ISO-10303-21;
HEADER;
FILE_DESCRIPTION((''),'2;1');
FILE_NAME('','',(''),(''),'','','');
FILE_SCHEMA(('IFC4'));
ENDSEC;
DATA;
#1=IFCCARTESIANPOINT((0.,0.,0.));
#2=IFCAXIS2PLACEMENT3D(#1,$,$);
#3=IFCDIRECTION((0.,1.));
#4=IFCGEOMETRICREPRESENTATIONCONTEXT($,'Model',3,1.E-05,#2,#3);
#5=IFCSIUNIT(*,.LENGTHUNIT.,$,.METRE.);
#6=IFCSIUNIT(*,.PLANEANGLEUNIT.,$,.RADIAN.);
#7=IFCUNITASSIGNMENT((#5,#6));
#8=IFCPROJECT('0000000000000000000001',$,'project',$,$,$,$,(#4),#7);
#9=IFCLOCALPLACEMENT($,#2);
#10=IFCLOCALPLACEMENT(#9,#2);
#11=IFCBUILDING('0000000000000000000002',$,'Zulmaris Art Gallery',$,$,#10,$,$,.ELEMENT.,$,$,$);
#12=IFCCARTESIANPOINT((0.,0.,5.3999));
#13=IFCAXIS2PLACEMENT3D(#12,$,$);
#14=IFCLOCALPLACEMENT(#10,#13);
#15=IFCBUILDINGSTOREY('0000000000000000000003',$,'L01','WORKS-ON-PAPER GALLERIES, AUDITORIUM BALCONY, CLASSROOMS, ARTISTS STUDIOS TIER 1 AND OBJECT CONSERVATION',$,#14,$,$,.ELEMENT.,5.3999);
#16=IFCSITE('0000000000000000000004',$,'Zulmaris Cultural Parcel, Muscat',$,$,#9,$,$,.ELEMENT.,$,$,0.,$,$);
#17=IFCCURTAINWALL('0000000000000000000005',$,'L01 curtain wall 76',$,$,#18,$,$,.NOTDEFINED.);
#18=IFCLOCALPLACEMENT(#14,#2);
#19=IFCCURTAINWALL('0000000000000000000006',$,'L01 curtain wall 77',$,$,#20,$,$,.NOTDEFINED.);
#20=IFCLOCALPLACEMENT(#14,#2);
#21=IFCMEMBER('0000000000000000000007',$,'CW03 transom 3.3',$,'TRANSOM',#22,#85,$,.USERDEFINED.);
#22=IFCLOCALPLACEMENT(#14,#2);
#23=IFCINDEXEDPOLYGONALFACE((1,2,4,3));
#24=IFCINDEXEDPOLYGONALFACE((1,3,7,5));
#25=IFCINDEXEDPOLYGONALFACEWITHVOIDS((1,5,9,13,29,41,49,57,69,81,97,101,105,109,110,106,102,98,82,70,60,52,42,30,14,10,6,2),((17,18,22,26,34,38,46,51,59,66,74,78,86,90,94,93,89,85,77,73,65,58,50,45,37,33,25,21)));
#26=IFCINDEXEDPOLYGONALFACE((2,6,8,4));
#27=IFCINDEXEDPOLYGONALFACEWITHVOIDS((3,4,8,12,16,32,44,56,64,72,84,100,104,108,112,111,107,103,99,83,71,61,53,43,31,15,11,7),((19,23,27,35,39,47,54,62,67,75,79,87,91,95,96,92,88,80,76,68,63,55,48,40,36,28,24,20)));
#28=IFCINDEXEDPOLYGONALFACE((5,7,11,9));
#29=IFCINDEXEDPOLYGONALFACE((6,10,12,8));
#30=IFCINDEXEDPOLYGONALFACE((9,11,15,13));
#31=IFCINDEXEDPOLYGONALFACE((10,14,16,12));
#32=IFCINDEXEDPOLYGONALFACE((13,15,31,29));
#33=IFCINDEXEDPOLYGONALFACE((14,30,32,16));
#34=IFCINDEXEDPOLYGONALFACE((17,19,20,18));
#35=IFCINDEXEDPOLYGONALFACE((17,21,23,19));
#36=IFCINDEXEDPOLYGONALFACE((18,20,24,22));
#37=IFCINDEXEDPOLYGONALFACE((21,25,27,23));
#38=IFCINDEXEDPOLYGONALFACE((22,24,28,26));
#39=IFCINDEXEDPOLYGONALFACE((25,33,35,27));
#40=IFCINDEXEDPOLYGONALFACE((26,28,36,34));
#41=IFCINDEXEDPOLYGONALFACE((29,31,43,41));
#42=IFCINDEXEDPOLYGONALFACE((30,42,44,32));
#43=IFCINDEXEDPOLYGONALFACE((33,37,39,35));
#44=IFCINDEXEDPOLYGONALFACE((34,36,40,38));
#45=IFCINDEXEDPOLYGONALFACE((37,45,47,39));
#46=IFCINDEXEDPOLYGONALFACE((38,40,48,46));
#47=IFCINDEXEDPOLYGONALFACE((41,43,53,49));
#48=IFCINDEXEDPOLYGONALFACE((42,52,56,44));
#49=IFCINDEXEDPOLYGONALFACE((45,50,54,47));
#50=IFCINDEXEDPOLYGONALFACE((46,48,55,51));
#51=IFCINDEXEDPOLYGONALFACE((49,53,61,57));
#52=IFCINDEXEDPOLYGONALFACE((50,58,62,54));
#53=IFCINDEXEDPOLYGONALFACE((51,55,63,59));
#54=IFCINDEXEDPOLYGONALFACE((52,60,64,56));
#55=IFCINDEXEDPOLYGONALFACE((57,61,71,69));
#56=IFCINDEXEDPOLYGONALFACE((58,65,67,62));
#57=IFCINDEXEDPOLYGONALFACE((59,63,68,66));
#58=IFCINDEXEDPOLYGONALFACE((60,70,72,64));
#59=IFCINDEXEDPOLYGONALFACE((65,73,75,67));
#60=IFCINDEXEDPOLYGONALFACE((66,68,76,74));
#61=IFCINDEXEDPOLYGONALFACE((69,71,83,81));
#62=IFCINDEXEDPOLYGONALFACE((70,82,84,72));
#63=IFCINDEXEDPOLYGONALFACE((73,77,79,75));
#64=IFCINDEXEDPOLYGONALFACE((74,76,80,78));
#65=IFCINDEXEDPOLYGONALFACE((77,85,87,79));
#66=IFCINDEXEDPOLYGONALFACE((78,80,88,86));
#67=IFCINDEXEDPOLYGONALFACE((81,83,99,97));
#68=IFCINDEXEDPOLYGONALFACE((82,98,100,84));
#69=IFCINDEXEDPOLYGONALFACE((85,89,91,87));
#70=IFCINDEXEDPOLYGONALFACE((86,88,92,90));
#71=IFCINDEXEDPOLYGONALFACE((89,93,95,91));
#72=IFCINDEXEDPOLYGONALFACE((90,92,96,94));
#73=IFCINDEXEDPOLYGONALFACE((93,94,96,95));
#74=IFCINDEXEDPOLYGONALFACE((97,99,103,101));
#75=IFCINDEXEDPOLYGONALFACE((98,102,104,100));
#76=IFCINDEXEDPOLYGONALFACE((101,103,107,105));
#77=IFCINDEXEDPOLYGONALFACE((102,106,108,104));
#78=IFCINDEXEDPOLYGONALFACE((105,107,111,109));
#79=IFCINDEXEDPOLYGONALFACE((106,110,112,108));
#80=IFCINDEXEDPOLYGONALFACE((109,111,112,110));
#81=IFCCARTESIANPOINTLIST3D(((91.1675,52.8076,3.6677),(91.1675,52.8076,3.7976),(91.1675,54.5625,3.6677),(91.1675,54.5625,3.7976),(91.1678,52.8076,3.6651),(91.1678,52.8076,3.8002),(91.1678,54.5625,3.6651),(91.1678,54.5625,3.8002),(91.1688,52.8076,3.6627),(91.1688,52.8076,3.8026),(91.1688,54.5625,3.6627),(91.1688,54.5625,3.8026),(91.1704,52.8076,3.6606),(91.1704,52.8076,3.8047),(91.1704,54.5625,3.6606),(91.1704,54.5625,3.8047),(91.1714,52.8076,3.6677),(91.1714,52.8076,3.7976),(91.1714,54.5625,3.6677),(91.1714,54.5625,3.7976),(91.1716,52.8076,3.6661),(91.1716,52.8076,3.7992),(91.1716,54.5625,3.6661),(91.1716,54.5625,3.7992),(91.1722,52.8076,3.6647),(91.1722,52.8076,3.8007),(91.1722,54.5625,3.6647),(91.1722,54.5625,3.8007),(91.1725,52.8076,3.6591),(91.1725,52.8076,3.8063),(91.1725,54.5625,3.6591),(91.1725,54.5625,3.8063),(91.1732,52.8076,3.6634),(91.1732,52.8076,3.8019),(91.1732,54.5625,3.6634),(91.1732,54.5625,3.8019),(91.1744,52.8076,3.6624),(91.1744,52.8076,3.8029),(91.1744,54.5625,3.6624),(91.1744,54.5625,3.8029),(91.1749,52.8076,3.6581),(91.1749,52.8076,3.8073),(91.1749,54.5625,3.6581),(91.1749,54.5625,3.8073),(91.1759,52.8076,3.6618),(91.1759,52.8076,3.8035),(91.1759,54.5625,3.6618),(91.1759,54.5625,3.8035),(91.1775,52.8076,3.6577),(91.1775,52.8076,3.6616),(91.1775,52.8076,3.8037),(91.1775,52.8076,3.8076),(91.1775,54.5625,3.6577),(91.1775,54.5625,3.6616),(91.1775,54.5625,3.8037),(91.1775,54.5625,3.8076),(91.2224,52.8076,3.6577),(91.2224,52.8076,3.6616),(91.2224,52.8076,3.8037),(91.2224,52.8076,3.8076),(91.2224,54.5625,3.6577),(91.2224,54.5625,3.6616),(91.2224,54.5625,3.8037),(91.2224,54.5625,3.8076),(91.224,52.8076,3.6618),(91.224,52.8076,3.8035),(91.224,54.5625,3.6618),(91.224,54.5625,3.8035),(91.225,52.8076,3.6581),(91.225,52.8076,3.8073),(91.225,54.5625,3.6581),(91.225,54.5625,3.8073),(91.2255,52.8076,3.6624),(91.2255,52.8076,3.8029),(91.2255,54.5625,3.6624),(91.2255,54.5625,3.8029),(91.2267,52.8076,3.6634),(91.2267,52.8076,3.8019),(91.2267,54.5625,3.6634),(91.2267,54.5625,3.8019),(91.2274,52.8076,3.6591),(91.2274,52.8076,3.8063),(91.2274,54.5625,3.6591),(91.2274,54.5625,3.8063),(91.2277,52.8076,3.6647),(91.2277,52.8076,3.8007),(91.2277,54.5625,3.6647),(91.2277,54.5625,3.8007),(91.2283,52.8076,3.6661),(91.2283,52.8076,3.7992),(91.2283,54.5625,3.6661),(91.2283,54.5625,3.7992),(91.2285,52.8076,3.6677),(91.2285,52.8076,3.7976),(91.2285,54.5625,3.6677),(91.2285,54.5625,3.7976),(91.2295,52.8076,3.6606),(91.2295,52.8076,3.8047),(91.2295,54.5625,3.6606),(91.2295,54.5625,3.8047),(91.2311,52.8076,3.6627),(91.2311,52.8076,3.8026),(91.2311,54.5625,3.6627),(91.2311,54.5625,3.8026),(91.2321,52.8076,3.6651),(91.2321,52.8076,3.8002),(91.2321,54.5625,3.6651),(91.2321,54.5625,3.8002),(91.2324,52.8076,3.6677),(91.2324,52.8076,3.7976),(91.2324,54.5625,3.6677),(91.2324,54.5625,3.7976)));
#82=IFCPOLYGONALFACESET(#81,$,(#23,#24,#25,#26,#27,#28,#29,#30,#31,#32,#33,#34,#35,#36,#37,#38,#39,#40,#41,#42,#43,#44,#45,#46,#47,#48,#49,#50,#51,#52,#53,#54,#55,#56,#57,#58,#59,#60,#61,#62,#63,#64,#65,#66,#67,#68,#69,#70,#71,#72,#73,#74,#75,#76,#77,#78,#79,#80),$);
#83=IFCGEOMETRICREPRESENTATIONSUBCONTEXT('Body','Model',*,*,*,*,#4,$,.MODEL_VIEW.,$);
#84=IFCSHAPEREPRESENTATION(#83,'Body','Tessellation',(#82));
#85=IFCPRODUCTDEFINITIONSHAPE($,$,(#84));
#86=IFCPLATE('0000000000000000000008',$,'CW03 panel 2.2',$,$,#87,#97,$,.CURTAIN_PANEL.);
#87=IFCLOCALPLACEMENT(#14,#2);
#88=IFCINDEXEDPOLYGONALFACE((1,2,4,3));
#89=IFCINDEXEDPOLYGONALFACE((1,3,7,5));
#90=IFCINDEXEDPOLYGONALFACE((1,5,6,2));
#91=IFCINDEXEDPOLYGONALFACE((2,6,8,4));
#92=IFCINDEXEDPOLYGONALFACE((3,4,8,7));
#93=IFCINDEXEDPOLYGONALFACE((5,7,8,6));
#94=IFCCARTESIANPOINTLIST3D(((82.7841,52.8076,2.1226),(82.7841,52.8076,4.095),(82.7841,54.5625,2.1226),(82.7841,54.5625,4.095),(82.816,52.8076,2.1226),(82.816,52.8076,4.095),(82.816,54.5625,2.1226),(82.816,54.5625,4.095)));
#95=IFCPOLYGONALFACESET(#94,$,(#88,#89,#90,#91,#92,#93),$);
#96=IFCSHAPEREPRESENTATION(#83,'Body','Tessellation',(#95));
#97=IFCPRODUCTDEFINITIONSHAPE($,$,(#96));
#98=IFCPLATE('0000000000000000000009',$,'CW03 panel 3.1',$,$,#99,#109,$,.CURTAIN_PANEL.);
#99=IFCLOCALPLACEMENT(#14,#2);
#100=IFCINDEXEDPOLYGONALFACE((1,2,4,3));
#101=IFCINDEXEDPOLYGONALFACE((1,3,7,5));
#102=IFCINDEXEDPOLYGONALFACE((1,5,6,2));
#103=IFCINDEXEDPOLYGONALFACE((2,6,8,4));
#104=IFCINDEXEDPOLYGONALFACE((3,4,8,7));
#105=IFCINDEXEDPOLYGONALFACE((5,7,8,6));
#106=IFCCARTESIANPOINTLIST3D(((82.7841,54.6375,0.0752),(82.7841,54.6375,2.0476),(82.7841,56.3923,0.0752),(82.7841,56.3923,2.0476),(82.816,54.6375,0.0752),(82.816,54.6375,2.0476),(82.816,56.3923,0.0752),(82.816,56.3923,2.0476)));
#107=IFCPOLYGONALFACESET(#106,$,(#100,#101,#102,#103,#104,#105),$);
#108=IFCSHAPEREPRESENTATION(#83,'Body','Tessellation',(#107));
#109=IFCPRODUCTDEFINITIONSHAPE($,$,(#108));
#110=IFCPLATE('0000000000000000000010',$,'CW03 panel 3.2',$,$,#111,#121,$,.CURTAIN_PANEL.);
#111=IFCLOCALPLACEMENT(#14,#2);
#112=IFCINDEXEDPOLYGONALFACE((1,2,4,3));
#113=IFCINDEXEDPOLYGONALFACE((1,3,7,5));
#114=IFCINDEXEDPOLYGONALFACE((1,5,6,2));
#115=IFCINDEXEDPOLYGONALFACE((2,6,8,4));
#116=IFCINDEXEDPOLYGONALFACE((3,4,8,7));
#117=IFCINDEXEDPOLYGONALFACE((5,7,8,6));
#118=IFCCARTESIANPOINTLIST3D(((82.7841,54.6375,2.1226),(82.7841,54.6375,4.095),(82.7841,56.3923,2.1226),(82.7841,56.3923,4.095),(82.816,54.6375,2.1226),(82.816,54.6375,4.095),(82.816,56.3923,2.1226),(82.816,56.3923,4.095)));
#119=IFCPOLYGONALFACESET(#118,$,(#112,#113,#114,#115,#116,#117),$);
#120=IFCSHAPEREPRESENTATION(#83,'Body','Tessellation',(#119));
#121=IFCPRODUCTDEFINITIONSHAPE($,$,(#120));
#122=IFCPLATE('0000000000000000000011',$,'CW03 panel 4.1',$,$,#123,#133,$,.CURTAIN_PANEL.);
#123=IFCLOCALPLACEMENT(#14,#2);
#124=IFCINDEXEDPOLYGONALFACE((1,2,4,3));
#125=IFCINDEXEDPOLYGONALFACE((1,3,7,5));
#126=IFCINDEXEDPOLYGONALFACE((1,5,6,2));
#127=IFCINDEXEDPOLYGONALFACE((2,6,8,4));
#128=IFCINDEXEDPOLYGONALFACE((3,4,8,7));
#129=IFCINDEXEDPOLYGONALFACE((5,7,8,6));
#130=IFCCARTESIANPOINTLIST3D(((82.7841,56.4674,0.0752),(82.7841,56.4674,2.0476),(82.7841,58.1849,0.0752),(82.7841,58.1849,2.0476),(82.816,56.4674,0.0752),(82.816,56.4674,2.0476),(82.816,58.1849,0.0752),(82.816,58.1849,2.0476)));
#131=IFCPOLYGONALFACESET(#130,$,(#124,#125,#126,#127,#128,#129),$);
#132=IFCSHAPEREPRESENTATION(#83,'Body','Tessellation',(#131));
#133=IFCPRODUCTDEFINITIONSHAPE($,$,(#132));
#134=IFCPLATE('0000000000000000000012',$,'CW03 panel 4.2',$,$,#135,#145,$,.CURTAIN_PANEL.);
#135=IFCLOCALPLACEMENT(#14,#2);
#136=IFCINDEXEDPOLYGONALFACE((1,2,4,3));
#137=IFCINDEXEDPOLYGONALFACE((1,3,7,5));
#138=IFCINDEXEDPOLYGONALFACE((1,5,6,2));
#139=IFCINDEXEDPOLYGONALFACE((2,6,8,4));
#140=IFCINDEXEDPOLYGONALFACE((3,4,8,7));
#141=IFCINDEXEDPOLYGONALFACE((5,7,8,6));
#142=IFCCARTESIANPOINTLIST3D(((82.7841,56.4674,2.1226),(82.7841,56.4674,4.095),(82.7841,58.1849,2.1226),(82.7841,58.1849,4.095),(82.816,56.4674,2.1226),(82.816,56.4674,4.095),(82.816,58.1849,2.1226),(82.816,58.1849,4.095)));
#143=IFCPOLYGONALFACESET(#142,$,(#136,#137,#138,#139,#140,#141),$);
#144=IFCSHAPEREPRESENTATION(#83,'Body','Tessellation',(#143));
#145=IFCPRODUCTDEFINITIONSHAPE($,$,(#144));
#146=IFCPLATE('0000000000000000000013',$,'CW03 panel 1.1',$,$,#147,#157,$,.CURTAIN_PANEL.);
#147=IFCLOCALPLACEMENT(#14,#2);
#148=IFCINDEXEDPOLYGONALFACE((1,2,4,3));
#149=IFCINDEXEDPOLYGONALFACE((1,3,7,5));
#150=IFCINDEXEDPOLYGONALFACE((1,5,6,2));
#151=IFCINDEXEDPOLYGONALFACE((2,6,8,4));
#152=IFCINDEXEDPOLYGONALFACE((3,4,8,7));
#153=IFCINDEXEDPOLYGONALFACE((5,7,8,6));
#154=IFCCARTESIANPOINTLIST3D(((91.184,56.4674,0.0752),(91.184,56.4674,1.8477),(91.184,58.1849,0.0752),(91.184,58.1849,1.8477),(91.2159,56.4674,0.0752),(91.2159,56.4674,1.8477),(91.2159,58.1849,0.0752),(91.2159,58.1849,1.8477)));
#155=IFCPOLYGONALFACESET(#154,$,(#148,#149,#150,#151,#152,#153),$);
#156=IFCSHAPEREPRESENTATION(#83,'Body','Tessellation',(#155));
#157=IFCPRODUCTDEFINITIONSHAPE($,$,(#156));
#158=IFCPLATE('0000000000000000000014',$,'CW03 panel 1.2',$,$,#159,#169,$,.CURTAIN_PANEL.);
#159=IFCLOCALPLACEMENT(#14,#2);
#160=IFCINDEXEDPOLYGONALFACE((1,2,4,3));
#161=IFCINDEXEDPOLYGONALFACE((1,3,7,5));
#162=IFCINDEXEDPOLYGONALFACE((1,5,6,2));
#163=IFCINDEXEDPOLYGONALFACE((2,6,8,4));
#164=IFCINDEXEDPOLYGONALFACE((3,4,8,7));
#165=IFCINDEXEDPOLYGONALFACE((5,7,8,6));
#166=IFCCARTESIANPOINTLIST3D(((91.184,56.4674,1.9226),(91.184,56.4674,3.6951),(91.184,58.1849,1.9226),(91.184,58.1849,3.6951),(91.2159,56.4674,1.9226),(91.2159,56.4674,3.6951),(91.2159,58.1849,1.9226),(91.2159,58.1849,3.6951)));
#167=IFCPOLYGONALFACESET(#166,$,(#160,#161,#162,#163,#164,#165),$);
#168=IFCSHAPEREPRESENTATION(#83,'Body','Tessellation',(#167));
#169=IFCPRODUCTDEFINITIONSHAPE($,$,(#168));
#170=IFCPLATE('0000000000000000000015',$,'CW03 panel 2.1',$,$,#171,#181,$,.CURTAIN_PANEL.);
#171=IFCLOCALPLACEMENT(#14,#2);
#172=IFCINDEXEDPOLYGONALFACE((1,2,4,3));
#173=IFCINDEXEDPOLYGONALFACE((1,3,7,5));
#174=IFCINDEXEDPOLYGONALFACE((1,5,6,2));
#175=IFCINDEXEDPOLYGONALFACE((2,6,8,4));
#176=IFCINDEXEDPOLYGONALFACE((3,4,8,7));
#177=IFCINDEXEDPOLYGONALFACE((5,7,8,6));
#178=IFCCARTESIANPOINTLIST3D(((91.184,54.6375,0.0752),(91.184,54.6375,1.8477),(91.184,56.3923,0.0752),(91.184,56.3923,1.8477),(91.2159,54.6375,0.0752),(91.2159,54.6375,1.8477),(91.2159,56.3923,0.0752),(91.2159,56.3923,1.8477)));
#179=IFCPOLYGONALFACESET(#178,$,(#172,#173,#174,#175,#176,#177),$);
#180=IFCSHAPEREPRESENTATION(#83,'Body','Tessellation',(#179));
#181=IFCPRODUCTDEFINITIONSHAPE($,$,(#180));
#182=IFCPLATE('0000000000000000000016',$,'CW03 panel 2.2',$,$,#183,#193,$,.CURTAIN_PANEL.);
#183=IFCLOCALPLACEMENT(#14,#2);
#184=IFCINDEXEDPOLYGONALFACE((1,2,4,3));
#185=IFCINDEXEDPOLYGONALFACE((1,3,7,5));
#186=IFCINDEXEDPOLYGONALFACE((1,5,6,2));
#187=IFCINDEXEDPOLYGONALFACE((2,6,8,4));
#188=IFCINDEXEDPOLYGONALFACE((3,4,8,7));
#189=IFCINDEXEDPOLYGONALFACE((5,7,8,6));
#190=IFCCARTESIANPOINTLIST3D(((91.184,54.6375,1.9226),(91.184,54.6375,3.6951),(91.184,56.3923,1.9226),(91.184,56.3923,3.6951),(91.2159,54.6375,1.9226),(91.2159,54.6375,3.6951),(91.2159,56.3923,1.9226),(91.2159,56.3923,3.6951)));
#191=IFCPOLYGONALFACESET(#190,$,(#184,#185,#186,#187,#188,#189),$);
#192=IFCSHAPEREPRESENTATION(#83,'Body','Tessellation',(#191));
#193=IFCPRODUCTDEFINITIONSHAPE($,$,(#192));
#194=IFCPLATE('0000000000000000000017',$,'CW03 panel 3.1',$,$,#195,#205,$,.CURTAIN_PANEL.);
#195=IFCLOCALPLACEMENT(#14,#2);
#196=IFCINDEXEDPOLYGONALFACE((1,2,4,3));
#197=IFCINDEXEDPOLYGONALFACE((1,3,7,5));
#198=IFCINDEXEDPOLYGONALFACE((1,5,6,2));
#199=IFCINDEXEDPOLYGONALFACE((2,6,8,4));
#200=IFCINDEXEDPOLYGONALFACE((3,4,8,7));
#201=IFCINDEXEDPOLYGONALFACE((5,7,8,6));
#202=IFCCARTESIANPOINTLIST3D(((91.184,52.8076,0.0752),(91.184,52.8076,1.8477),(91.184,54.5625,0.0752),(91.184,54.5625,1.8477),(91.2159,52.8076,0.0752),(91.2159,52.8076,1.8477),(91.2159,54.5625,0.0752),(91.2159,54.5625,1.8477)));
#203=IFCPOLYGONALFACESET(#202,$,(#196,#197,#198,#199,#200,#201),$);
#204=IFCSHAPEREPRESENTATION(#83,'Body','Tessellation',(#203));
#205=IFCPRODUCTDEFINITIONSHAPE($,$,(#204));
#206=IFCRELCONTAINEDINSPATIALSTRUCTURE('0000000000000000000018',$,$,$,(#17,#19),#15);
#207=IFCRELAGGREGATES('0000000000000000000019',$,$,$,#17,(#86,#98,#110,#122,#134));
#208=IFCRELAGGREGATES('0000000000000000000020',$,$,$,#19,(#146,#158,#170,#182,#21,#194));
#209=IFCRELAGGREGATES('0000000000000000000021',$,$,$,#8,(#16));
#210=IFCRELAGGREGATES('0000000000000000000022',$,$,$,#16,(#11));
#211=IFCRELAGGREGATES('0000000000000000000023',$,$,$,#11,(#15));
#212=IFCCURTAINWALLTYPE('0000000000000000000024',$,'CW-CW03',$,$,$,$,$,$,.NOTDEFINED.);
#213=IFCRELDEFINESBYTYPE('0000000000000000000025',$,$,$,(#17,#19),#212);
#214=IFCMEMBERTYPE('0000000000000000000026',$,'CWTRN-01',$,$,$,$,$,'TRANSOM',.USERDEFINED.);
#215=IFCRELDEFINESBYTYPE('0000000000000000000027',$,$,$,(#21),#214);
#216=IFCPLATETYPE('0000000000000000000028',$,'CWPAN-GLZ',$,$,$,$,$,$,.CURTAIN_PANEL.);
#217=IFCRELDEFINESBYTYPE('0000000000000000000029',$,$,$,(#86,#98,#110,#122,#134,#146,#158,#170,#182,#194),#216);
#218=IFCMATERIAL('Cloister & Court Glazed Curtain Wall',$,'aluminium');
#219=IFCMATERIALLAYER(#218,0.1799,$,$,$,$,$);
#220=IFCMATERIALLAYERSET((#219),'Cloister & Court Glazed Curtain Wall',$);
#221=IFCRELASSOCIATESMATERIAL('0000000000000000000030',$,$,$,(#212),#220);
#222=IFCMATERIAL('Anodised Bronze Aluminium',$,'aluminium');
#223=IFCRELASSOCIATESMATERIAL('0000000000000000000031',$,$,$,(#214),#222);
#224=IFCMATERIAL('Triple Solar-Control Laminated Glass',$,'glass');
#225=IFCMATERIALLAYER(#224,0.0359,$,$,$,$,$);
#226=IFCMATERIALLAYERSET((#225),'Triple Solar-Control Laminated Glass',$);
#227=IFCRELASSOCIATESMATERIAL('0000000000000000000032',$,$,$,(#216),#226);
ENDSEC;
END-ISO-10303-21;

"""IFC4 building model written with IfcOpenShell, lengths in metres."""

from ifc_helpers import new_model, si_unit, direction, frame, origin, origin_2d, place, context, subcontext, project, spatial, rectangle, hollow_rectangle, extrude, material, layer, layer_set, material_profile, profile_set, type_object, element, aggregate, save


model = new_model("IFC4")

# Units and contexts
model_context = context("Model", 3, precision=1e-05, world=origin(), true_north=direction((0.0, 1.0)))
body_context = subcontext(model_context, "Body", "Model", "MODEL_VIEW")
ifc_project = project(units=[si_unit("LENGTHUNIT", "METRE"), si_unit("PLANEANGLEUNIT", "RADIAN")], contexts=[model_context])

# Site, building, storey
site_placement = place(None, origin())
site = spatial("IfcSite", under=ifc_project, at=site_placement, Name="Zulmaris Cultural Parcel, Muscat", CompositionType="ELEMENT", RefElevation=0.0)
building_placement = place(site_placement, origin())
building = spatial("IfcBuilding", under=site, at=building_placement, Name="Zulmaris Art Gallery", CompositionType="ELEMENT")
storey_placement = place(building_placement, frame((0.0, 0.0, 5.3999)))
storey = spatial("IfcBuildingStorey", under=building, at=storey_placement, Name="L01", Description="WORKS-ON-PAPER GALLERIES, AUDITORIUM BALCONY, CLASSROOMS, ARTISTS STUDIOS TIER 1 AND OBJECT CONSERVATION", CompositionType="ELEMENT", Elevation=5.3999)

# Curtain walls
ifc_material_1 = material(Name="Cloister & Court Glazed Curtain Wall", Category="aluminium")
ifc_layer_1 = layer(ifc_material_1, 0.1799)
ifc_layer_set_1 = layer_set([ifc_layer_1], Name="Cloister & Court Glazed Curtain Wall")
curtain_wall_type = type_object("IfcCurtainWallType", Name="CW-CW03", PredefinedType="NOTDEFINED", material=ifc_layer_set_1)
curtain_wall_1_placement = place(storey_placement, origin())
curtain_wall_1 = element("IfcCurtainWall", 1, at=curtain_wall_1_placement, inside=storey, type_object=curtain_wall_type, Name="L01 curtain wall 76", PredefinedType="NOTDEFINED")
ifc_material_2 = material(Name="Anodised Bronze Aluminium", Category="aluminium")
curtain_wall_2_placement = place(storey_placement, origin())
curtain_wall_2 = element("IfcCurtainWall", 2, at=curtain_wall_2_placement, inside=storey, type_object=curtain_wall_type, Name="L01 curtain wall 77", PredefinedType="NOTDEFINED")

# Member
ifc_material_profile_1 = material_profile(ifc_material_2, hollow_rectangle(XDim=0.0649, YDim=0.1499, WallThickness=0.0039, InnerFilletRadius=0.0061, OuterFilletRadius=0.01, at=origin_2d()), Name="ALU 65x150x4")
ifc_profile_set_1 = profile_set([ifc_material_profile_1], Name="Anodised Bronze Aluminium")
member_type_1 = type_object("IfcMemberType", Name="CWTRN-01", ElementType="TRANSOM", PredefinedType="USERDEFINED", material=ifc_profile_set_1)
member_1_placement = place(storey_placement, frame((91.2, 54.5625, 3.7327), z_axis=(0.0, -1.0, 0.0), x_axis=(1.0, 0.0, 0.0)))
member_1 = element("IfcMember", 3, at=member_1_placement, type_object=member_type_1, Name="CW03 transom 3.3", ObjectType="TRANSOM", PredefinedType="USERDEFINED", context=body_context, shape_type="SweptSolid", body=[
    extrude(hollow_rectangle(XDim=0.0649, YDim=0.1499, WallThickness=0.0039, InnerFilletRadius=0.0061, OuterFilletRadius=0.01, at=origin_2d()), origin(), (0.0, 0.0, 1.0), 1.7549),
])

# Plates
ifc_material_3 = material(Name="Triple Solar-Control Laminated Glass", Category="glass")
ifc_layer_2 = layer(ifc_material_3, 0.0359)
ifc_layer_set_2 = layer_set([ifc_layer_2], Name="Triple Solar-Control Laminated Glass")
plate_type = type_object("IfcPlateType", Name="CWPAN-GLZ", PredefinedType="CURTAIN_PANEL", material=ifc_layer_set_2)
plate_1_placement = place(storey_placement, frame((82.8, 53.6851, 2.1226), z_axis=(0.0, 0.0, 1.0), x_axis=(0.0, 1.0, 0.0)))
plate_1 = element("IfcPlate", 4, at=plate_1_placement, type_object=plate_type, Name="CW03 panel 2.2", PredefinedType="CURTAIN_PANEL", context=body_context, shape_type="SweptSolid", body=[
    extrude(rectangle(XDim=1.7549, YDim=0.032, at=origin_2d()), origin(), (0.0, 0.0, 1.0), 1.9724),
])
plate_2_placement = place(storey_placement, frame((82.8, 55.5149, 0.0752), z_axis=(0.0, 0.0, 1.0), x_axis=(0.0, 1.0, 0.0)))
plate_2 = element("IfcPlate", 5, at=plate_2_placement, type_object=plate_type, Name="CW03 panel 3.1", PredefinedType="CURTAIN_PANEL", context=body_context, shape_type="SweptSolid", body=[
    extrude(rectangle(XDim=1.7549, YDim=0.032, at=origin_2d()), origin(), (0.0, 0.0, 1.0), 1.9724),
])
plate_3_placement = place(storey_placement, frame((82.8, 55.5149, 2.1226), z_axis=(0.0, 0.0, 1.0), x_axis=(0.0, 1.0, 0.0)))
plate_3 = element("IfcPlate", 6, at=plate_3_placement, type_object=plate_type, Name="CW03 panel 3.2", PredefinedType="CURTAIN_PANEL", context=body_context, shape_type="SweptSolid", body=[
    extrude(rectangle(XDim=1.7549, YDim=0.032, at=origin_2d()), origin(), (0.0, 0.0, 1.0), 1.9724),
])
plate_4_placement = place(storey_placement, frame((82.8, 57.3262, 0.0752), z_axis=(0.0, 0.0, 1.0), x_axis=(0.0, 1.0, 0.0)))
plate_4 = element("IfcPlate", 7, at=plate_4_placement, type_object=plate_type, Name="CW03 panel 4.1", PredefinedType="CURTAIN_PANEL", context=body_context, shape_type="SweptSolid", body=[
    extrude(rectangle(XDim=1.7175, YDim=0.032, at=origin_2d()), origin(), (0.0, 0.0, 1.0), 1.9724),
])
plate_5_placement = place(storey_placement, frame((82.8, 57.3262, 2.1226), z_axis=(0.0, 0.0, 1.0), x_axis=(0.0, 1.0, 0.0)))
plate_5 = element("IfcPlate", 8, at=plate_5_placement, type_object=plate_type, Name="CW03 panel 4.2", PredefinedType="CURTAIN_PANEL", context=body_context, shape_type="SweptSolid", body=[
    extrude(rectangle(XDim=1.7175, YDim=0.032, at=origin_2d()), origin(), (0.0, 0.0, 1.0), 1.9724),
])
aggregate(curtain_wall_1, [plate_1, plate_2, plate_3, plate_4, plate_5])
plate_6_placement = place(storey_placement, frame((91.2, 57.3262, 0.0752), z_axis=(0.0, 0.0, 1.0), x_axis=(0.0, -1.0, 0.0)))
plate_6 = element("IfcPlate", 9, at=plate_6_placement, type_object=plate_type, Name="CW03 panel 1.1", PredefinedType="CURTAIN_PANEL", context=body_context, shape_type="SweptSolid", body=[
    extrude(rectangle(XDim=1.7175, YDim=0.032, at=origin_2d()), origin(), (0.0, 0.0, 1.0), 1.7725),
])
plate_7_placement = place(storey_placement, frame((91.2, 57.3262, 1.9226), z_axis=(0.0, 0.0, 1.0), x_axis=(0.0, -1.0, 0.0)))
plate_7 = element("IfcPlate", 10, at=plate_7_placement, type_object=plate_type, Name="CW03 panel 1.2", PredefinedType="CURTAIN_PANEL", context=body_context, shape_type="SweptSolid", body=[
    extrude(rectangle(XDim=1.7175, YDim=0.032, at=origin_2d()), origin(), (0.0, 0.0, 1.0), 1.7725),
])
plate_8_placement = place(storey_placement, frame((91.2, 55.5149, 0.0752), z_axis=(0.0, 0.0, 1.0), x_axis=(0.0, -1.0, 0.0)))
plate_8 = element("IfcPlate", 11, at=plate_8_placement, type_object=plate_type, Name="CW03 panel 2.1", PredefinedType="CURTAIN_PANEL", context=body_context, shape_type="SweptSolid", body=[
    extrude(rectangle(XDim=1.7549, YDim=0.032, at=origin_2d()), origin(), (0.0, 0.0, 1.0), 1.7725),
])
plate_9_placement = place(storey_placement, frame((91.2, 55.5149, 1.9226), z_axis=(0.0, 0.0, 1.0), x_axis=(0.0, -1.0, 0.0)))
plate_9 = element("IfcPlate", 12, at=plate_9_placement, type_object=plate_type, Name="CW03 panel 2.2", PredefinedType="CURTAIN_PANEL", context=body_context, shape_type="SweptSolid", body=[
    extrude(rectangle(XDim=1.7549, YDim=0.032, at=origin_2d()), origin(), (0.0, 0.0, 1.0), 1.7725),
])
plate_10_placement = place(storey_placement, frame((91.2, 53.6851, 0.0752), z_axis=(0.0, 0.0, 1.0), x_axis=(0.0, -1.0, 0.0)))
plate_10 = element("IfcPlate", 13, at=plate_10_placement, type_object=plate_type, Name="CW03 panel 3.1", PredefinedType="CURTAIN_PANEL", context=body_context, shape_type="SweptSolid", body=[
    extrude(rectangle(XDim=1.7549, YDim=0.032, at=origin_2d()), origin(), (0.0, 0.0, 1.0), 1.7725),
])
aggregate(curtain_wall_2, [plate_6, plate_7, plate_8, plate_9, member_1, plate_10])

save(model, "model.ifc")
